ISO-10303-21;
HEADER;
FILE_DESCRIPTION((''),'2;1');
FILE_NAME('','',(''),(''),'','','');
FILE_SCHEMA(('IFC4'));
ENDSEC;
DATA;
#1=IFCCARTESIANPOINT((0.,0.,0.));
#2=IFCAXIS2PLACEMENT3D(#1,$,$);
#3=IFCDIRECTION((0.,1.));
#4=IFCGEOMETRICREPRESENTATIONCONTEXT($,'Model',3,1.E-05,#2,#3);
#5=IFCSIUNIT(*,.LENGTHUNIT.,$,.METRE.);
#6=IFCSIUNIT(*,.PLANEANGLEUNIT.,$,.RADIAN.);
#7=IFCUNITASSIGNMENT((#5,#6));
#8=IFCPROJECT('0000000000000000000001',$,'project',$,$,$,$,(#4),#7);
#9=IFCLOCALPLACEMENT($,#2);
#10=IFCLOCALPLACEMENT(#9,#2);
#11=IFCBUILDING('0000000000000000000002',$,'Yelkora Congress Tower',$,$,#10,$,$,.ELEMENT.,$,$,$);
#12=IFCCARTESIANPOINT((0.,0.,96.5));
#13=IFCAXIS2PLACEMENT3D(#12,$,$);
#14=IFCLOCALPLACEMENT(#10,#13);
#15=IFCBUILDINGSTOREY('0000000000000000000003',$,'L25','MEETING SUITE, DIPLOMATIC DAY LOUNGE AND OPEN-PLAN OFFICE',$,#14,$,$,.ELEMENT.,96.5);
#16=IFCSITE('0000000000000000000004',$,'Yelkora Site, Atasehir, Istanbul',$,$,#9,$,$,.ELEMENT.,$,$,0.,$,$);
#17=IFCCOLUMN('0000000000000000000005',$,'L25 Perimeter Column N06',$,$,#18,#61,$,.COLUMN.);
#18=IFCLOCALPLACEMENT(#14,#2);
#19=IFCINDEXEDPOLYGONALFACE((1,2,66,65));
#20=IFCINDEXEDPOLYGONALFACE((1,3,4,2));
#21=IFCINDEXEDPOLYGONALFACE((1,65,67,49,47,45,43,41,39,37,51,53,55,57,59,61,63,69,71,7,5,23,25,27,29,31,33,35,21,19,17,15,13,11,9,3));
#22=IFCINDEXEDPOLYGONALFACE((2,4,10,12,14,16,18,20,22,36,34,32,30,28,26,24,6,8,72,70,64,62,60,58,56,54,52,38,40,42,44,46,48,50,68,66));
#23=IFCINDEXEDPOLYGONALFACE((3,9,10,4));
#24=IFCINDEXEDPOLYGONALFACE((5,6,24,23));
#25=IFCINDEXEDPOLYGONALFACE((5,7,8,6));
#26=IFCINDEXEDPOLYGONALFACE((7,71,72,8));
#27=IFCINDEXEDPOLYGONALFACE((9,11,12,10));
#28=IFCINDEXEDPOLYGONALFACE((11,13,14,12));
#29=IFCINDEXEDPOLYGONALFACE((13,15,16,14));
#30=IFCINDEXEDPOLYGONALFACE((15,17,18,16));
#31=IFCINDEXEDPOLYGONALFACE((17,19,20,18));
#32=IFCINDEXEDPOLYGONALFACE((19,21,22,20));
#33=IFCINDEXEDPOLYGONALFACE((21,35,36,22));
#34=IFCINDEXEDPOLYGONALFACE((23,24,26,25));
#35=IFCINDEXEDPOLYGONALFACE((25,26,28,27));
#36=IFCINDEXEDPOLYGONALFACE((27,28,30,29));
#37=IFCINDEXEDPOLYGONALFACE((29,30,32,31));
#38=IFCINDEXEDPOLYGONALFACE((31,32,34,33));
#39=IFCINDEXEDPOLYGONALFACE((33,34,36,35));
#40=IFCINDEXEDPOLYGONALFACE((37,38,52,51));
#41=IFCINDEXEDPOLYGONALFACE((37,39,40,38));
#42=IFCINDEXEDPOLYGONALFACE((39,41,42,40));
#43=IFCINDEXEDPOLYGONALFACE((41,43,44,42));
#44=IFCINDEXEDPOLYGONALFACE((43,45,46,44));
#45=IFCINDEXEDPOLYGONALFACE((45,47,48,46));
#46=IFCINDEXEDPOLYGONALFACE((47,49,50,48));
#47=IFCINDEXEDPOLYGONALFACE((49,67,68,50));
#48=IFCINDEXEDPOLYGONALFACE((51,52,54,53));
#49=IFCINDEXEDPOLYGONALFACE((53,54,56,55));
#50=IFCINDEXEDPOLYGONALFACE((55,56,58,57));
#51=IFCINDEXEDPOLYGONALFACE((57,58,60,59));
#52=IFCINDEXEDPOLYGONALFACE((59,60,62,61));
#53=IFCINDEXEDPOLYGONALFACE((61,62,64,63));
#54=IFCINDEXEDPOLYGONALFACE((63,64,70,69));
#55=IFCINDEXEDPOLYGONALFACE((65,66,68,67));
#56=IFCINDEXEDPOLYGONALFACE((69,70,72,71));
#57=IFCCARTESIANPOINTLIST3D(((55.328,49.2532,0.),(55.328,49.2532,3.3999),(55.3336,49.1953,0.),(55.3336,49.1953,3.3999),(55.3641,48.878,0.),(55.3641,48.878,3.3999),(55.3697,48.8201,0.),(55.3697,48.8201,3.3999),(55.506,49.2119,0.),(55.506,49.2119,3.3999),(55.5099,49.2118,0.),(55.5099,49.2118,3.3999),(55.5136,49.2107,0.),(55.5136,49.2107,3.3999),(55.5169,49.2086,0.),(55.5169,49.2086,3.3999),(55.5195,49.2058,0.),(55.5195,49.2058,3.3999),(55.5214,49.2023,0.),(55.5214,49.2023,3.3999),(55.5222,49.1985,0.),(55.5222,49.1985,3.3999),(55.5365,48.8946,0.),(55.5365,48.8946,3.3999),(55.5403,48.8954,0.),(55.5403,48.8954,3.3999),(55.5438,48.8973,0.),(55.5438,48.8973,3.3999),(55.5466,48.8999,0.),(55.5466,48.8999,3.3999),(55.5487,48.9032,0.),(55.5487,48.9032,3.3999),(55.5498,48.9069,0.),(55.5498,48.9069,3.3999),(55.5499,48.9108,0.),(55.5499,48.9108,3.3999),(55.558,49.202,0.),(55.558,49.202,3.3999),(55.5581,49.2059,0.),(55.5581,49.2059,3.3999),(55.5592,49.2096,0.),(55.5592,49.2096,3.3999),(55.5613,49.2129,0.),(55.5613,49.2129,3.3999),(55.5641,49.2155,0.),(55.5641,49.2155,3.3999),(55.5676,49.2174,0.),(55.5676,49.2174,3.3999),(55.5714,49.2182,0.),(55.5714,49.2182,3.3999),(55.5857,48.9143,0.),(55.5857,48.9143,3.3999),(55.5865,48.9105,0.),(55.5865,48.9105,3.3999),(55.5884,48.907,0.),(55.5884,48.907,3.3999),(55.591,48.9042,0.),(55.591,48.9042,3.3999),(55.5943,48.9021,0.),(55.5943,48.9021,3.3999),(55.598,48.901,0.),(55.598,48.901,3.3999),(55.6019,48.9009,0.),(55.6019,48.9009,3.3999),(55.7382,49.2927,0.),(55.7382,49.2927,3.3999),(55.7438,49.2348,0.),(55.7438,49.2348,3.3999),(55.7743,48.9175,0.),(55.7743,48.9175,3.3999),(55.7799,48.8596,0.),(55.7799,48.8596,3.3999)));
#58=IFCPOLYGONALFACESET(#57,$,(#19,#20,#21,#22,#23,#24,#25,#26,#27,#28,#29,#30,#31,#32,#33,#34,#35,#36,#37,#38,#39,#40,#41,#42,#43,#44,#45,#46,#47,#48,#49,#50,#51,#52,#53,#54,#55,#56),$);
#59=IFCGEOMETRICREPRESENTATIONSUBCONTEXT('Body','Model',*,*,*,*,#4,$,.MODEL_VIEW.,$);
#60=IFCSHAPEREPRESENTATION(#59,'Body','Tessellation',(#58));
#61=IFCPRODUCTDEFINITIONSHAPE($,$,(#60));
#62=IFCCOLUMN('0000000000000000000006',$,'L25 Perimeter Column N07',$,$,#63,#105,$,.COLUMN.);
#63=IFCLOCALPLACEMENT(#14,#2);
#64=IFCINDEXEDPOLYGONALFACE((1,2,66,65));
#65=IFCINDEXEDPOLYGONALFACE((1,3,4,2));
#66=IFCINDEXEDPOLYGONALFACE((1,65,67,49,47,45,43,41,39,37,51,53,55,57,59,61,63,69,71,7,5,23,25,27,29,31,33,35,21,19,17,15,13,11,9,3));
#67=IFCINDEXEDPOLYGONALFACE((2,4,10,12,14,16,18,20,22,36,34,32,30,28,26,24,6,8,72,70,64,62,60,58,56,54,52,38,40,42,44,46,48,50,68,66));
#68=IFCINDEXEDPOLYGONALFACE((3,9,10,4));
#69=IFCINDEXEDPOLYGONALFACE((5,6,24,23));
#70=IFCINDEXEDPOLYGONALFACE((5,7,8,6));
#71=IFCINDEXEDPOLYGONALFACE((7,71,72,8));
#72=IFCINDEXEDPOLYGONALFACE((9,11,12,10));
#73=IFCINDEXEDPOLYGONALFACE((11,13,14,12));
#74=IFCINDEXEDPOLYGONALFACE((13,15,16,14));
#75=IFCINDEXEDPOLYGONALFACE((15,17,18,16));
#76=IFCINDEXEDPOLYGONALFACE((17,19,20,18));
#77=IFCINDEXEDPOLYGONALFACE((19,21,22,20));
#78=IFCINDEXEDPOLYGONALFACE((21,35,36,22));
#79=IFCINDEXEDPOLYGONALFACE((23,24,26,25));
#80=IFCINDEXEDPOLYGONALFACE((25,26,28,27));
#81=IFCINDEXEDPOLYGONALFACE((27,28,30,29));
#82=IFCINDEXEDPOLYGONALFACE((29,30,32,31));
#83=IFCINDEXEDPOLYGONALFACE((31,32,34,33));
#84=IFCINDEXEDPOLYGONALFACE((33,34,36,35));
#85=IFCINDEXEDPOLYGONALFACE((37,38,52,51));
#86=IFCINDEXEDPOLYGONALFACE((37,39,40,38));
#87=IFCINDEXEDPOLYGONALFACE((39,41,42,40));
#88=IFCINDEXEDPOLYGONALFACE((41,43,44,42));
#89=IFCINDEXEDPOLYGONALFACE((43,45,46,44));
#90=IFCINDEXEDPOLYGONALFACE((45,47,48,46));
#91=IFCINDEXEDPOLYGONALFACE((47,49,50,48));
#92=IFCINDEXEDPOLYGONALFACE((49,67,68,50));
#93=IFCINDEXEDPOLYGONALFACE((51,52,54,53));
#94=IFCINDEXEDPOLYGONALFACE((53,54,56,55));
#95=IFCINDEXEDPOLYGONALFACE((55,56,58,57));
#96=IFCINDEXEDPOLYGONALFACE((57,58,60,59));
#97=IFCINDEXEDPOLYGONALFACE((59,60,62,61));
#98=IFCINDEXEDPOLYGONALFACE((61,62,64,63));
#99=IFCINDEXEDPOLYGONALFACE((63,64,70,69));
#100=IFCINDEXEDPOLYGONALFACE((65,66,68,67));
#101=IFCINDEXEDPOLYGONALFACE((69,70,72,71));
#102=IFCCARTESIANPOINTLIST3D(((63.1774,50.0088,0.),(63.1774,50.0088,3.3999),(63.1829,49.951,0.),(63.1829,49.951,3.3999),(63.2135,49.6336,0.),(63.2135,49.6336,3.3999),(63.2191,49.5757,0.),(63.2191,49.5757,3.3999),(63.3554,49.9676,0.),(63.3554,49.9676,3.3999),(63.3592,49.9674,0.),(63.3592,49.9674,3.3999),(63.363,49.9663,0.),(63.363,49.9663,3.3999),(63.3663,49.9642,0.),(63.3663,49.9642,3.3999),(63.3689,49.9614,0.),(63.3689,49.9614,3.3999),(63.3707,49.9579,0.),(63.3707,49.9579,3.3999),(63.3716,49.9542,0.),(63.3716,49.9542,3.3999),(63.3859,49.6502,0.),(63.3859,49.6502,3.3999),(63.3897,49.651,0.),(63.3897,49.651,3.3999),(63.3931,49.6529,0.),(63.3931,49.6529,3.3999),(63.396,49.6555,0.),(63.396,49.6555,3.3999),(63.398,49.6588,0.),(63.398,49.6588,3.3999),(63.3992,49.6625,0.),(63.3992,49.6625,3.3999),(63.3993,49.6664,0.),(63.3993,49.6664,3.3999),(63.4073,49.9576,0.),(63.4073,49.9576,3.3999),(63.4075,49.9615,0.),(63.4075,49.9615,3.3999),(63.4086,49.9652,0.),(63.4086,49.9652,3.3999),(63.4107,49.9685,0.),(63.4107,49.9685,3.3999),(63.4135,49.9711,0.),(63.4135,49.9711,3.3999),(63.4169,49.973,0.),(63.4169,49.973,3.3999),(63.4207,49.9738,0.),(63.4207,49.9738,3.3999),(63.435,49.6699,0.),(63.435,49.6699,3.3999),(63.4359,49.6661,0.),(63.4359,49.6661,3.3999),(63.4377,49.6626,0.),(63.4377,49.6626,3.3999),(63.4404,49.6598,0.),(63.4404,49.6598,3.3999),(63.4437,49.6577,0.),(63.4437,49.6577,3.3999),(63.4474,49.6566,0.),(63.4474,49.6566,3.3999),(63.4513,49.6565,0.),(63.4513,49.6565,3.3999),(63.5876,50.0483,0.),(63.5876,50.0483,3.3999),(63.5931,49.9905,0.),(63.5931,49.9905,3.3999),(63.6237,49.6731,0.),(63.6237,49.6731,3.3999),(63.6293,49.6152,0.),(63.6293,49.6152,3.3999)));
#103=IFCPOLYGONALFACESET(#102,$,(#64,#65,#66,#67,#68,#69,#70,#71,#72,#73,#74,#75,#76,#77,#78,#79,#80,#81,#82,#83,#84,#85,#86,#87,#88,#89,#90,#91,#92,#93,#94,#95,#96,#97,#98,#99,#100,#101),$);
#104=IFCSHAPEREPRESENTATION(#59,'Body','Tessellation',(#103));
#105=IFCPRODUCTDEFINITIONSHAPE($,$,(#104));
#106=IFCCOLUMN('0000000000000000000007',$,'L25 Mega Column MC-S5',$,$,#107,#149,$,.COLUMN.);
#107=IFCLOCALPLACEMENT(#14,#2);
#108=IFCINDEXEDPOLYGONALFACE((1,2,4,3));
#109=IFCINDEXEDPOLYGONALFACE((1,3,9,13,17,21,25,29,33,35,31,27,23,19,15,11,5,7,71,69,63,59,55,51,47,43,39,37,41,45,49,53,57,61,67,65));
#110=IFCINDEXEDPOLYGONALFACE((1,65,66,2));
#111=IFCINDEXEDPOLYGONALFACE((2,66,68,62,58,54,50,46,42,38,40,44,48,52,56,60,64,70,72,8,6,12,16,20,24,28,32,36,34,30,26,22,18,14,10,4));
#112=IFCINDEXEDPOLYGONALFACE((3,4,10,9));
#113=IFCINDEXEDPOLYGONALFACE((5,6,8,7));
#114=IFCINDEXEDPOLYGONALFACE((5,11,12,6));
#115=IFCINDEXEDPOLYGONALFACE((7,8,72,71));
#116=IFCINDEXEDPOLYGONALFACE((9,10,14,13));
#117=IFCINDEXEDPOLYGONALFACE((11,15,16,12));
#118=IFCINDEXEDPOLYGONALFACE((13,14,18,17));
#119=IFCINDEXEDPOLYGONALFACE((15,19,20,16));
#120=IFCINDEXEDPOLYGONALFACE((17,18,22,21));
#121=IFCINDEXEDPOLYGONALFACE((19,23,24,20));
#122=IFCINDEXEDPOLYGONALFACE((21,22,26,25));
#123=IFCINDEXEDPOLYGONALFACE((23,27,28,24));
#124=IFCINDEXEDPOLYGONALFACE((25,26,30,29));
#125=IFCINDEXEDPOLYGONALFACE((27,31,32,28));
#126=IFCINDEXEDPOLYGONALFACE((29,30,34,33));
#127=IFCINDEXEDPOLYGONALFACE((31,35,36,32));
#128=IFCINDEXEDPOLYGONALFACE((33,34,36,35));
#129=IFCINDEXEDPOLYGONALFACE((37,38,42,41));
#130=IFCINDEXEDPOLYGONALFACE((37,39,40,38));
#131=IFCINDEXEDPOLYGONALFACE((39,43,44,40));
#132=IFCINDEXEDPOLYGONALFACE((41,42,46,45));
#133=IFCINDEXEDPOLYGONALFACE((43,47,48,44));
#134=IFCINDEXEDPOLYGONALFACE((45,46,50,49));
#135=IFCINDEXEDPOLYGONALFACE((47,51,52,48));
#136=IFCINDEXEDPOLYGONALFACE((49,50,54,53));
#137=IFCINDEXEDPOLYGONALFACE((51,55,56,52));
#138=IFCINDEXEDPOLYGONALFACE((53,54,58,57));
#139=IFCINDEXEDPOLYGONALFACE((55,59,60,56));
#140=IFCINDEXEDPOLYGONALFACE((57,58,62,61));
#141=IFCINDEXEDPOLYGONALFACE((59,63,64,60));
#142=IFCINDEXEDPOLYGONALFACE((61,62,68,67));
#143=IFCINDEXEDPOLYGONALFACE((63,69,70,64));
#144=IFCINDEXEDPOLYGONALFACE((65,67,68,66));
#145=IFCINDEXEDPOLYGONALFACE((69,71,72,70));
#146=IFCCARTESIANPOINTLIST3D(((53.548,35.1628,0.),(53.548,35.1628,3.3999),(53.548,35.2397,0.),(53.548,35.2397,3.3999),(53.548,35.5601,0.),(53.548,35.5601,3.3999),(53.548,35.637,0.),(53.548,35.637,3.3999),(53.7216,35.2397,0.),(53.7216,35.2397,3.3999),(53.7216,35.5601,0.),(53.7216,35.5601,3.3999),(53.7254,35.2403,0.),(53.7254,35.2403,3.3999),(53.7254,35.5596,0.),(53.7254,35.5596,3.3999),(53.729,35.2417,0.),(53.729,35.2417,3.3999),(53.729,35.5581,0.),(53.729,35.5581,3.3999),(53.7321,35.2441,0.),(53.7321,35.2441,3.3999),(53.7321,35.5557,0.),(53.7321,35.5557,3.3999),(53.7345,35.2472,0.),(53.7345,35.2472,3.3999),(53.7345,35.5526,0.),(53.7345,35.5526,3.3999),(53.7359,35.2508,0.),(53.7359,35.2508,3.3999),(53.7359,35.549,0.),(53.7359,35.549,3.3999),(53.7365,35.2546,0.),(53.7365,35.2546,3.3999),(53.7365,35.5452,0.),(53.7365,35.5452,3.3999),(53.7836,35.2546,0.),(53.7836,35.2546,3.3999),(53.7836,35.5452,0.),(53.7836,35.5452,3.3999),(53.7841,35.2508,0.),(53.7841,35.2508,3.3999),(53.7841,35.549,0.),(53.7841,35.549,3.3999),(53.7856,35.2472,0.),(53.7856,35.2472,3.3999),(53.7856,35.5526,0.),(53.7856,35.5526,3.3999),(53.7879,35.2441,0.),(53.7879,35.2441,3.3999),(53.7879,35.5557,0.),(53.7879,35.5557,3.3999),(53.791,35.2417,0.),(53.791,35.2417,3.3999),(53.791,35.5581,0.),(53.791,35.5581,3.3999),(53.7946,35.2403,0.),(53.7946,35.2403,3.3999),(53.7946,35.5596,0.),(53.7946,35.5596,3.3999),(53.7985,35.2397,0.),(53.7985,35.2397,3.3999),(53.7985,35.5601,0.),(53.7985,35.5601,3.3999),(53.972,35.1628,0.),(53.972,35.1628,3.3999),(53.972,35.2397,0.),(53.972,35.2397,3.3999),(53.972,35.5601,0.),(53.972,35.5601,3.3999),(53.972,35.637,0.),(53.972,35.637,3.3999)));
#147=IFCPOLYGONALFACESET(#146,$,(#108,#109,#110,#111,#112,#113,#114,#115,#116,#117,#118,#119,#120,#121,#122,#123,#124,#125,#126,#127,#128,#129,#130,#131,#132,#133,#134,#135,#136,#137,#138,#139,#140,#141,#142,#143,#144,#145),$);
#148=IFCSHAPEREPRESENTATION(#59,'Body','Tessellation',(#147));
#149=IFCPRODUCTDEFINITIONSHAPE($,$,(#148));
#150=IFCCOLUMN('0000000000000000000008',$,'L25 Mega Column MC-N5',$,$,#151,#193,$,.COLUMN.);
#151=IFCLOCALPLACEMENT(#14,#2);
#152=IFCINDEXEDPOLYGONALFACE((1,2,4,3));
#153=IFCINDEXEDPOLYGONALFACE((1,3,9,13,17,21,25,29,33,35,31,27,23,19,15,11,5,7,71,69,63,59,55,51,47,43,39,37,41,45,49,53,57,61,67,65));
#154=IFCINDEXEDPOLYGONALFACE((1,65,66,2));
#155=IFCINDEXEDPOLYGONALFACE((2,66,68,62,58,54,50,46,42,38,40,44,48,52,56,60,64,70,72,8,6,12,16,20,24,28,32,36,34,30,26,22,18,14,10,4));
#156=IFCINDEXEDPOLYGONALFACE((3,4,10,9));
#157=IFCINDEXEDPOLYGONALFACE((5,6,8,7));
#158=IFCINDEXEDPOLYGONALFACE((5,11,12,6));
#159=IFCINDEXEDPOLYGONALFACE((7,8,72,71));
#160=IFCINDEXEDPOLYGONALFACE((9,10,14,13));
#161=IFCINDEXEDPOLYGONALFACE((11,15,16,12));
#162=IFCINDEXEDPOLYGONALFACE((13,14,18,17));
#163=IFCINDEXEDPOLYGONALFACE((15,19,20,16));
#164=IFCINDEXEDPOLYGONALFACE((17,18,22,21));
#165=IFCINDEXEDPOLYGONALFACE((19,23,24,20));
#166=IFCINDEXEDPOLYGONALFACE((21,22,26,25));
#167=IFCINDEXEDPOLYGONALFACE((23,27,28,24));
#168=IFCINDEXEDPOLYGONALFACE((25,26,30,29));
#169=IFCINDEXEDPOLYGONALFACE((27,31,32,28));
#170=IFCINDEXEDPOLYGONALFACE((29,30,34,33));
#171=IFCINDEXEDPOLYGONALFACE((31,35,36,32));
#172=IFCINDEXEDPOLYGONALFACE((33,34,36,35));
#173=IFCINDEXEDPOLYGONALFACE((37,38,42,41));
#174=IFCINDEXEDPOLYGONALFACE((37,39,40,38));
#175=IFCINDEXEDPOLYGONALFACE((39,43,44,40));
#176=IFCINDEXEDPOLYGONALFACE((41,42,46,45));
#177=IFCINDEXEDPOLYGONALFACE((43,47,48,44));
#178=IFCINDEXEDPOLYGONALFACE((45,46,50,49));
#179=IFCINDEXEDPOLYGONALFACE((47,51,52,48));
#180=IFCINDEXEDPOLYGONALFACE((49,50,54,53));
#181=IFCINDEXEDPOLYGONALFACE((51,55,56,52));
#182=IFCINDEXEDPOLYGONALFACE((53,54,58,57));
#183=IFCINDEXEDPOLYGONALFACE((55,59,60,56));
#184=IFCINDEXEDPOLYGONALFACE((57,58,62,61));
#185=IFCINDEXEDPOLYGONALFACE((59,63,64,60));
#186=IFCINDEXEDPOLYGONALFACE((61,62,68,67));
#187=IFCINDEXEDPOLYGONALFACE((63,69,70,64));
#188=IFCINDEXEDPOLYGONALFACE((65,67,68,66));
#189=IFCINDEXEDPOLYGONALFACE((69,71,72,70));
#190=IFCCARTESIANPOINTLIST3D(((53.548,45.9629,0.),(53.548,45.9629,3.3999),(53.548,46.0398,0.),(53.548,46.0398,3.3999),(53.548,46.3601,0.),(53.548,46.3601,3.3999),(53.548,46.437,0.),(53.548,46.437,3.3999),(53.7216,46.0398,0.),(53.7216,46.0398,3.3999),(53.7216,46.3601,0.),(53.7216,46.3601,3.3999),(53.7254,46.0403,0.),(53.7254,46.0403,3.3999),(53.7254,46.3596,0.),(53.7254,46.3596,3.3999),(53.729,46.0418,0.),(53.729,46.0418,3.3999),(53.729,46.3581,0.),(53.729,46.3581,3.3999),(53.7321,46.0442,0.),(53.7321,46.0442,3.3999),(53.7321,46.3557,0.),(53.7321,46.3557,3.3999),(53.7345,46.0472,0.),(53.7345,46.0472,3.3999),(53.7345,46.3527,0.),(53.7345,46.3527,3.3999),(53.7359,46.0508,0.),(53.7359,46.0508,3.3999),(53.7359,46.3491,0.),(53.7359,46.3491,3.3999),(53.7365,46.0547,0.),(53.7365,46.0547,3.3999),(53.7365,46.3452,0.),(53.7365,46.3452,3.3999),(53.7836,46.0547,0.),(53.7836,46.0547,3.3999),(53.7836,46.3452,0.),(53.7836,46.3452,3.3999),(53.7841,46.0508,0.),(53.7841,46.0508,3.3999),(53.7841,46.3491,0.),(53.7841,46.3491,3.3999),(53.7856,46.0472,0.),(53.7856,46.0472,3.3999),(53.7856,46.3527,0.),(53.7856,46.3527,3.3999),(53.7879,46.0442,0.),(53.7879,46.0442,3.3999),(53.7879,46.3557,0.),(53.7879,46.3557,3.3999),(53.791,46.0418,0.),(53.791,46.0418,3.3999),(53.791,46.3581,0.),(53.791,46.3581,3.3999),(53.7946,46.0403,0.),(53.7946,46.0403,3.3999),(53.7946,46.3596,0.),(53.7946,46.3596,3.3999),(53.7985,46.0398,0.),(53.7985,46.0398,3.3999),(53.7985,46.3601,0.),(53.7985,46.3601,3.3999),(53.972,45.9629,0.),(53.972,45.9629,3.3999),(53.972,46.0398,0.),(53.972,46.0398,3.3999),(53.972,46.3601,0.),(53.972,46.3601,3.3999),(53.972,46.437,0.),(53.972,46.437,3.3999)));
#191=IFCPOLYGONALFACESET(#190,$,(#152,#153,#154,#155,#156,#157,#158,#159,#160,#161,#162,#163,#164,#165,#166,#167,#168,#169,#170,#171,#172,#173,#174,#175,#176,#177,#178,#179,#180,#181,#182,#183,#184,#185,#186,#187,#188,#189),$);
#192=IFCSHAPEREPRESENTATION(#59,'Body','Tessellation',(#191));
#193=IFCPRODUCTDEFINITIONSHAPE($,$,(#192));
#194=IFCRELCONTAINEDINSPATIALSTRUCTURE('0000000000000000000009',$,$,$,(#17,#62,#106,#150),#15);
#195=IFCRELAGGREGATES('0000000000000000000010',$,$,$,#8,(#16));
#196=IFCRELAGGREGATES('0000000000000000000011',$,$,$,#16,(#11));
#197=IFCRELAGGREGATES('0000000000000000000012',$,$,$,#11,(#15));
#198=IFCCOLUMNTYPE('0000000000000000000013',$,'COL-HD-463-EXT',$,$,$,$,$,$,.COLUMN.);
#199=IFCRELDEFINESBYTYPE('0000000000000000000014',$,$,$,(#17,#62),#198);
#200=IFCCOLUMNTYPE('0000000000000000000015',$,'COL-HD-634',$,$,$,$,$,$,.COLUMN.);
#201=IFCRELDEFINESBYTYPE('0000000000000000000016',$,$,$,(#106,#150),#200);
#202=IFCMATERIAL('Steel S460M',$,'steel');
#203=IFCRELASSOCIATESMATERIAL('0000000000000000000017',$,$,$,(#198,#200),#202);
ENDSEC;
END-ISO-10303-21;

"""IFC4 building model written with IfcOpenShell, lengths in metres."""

from ifc_helpers import new_model, si_unit, direction, frame, origin, origin_2d, place, context, subcontext, project, spatial, i_section, extrude, material, material_profile, profile_set, type_object, element, save


model = new_model("IFC4")

# Units and contexts
model_context = context("Model", 3, precision=1e-05, world=origin(), true_north=direction((0.0, 1.0)))
body_context = subcontext(model_context, "Body", "Model", "MODEL_VIEW")
ifc_project = project(units=[si_unit("LENGTHUNIT", "METRE"), si_unit("PLANEANGLEUNIT", "RADIAN")], contexts=[model_context])

# Site, building, storey
site_placement = place(None, origin())
site = spatial("IfcSite", under=ifc_project, at=site_placement, Name="Yelkora Site, Atasehir, Istanbul", CompositionType="ELEMENT", RefElevation=0.0)
building_placement = place(site_placement, origin())
building = spatial("IfcBuilding", under=site, at=building_placement, Name="Yelkora Congress Tower", CompositionType="ELEMENT")
storey_placement = place(building_placement, frame((0.0, 0.0, 96.5)))
storey = spatial("IfcBuildingStorey", under=building, at=storey_placement, Name="L25", Description="MEETING SUITE, DIPLOMATIC DAY LOUNGE AND OPEN-PLAN OFFICE", CompositionType="ELEMENT", Elevation=96.5)

# Columns
ifc_material_1 = material(Name="Steel S460M", Category="steel")
ifc_material_profile_1 = material_profile(ifc_material_1, i_section(OverallWidth=0.4121, OverallDepth=0.4351, WebThickness=0.0359, FlangeThickness=0.0581, FilletRadius=0.0149, at=origin_2d()), Name="HD 400x463")
ifc_profile_set_1 = profile_set([ifc_material_profile_1], Name="Steel S460M")
column_type_1 = type_object("IfcColumnType", Name="COL-HD-463-EXT", PredefinedType="COLUMN", material=ifc_profile_set_1)
for number, where, z_axis, x_axis, name in (
    (1, (55.554, 49.0564, 0.0), (0.0, 0.0, 1.0), (0.995396, 0.095846, 0.0), "L25 Perimeter Column N06"),
    (2, (63.4033, 49.812, 0.0), (0.0, 0.0, 1.0), (0.995396, 0.095846, 0.0), "L25 Perimeter Column N07"),
):
    element("IfcColumn", number, at=place(storey_placement, frame(where, z_axis=z_axis, x_axis=x_axis)), inside=storey, type_object=column_type_1, Name=name, PredefinedType="COLUMN", context=body_context, shape_type="SweptSolid", body=[
        extrude(i_section(OverallWidth=0.4121, OverallDepth=0.4351, WebThickness=0.0359, FlangeThickness=0.0581, FilletRadius=0.0149, at=origin_2d()), origin(), (0.0, 0.0, 1.0), 3.3999),
    ])
ifc_material_profile_2 = material_profile(ifc_material_1, i_section(OverallWidth=0.4241, OverallDepth=0.4741, WebThickness=0.0471, FlangeThickness=0.0769, FilletRadius=0.0149, at=origin_2d()), Name="HD 400x634")
ifc_profile_set_2 = profile_set([ifc_material_profile_2], Name="Steel S460M")
column_type_2 = type_object("IfcColumnType", Name="COL-HD-634", PredefinedType="COLUMN", material=ifc_profile_set_2)
for number, where, z_axis, x_axis, name in (
    (3, (53.76, 35.3999, 0.0), (0.0, 0.0, 1.0), (1.0, 0.0, 0.0), "L25 Mega Column MC-S5"),
    (4, (53.76, 46.2, 0.0), (0.0, 0.0, 1.0), (1.0, 0.0, 0.0), "L25 Mega Column MC-N5"),
):
    element("IfcColumn", number, at=place(storey_placement, frame(where, z_axis=z_axis, x_axis=x_axis)), inside=storey, type_object=column_type_2, Name=name, PredefinedType="COLUMN", context=body_context, shape_type="SweptSolid", body=[
        extrude(i_section(OverallWidth=0.4241, OverallDepth=0.4741, WebThickness=0.0471, FlangeThickness=0.0769, FilletRadius=0.0149, at=origin_2d()), origin(), (0.0, 0.0, 1.0), 3.3999),
    ])

save(model, "model.ifc")
